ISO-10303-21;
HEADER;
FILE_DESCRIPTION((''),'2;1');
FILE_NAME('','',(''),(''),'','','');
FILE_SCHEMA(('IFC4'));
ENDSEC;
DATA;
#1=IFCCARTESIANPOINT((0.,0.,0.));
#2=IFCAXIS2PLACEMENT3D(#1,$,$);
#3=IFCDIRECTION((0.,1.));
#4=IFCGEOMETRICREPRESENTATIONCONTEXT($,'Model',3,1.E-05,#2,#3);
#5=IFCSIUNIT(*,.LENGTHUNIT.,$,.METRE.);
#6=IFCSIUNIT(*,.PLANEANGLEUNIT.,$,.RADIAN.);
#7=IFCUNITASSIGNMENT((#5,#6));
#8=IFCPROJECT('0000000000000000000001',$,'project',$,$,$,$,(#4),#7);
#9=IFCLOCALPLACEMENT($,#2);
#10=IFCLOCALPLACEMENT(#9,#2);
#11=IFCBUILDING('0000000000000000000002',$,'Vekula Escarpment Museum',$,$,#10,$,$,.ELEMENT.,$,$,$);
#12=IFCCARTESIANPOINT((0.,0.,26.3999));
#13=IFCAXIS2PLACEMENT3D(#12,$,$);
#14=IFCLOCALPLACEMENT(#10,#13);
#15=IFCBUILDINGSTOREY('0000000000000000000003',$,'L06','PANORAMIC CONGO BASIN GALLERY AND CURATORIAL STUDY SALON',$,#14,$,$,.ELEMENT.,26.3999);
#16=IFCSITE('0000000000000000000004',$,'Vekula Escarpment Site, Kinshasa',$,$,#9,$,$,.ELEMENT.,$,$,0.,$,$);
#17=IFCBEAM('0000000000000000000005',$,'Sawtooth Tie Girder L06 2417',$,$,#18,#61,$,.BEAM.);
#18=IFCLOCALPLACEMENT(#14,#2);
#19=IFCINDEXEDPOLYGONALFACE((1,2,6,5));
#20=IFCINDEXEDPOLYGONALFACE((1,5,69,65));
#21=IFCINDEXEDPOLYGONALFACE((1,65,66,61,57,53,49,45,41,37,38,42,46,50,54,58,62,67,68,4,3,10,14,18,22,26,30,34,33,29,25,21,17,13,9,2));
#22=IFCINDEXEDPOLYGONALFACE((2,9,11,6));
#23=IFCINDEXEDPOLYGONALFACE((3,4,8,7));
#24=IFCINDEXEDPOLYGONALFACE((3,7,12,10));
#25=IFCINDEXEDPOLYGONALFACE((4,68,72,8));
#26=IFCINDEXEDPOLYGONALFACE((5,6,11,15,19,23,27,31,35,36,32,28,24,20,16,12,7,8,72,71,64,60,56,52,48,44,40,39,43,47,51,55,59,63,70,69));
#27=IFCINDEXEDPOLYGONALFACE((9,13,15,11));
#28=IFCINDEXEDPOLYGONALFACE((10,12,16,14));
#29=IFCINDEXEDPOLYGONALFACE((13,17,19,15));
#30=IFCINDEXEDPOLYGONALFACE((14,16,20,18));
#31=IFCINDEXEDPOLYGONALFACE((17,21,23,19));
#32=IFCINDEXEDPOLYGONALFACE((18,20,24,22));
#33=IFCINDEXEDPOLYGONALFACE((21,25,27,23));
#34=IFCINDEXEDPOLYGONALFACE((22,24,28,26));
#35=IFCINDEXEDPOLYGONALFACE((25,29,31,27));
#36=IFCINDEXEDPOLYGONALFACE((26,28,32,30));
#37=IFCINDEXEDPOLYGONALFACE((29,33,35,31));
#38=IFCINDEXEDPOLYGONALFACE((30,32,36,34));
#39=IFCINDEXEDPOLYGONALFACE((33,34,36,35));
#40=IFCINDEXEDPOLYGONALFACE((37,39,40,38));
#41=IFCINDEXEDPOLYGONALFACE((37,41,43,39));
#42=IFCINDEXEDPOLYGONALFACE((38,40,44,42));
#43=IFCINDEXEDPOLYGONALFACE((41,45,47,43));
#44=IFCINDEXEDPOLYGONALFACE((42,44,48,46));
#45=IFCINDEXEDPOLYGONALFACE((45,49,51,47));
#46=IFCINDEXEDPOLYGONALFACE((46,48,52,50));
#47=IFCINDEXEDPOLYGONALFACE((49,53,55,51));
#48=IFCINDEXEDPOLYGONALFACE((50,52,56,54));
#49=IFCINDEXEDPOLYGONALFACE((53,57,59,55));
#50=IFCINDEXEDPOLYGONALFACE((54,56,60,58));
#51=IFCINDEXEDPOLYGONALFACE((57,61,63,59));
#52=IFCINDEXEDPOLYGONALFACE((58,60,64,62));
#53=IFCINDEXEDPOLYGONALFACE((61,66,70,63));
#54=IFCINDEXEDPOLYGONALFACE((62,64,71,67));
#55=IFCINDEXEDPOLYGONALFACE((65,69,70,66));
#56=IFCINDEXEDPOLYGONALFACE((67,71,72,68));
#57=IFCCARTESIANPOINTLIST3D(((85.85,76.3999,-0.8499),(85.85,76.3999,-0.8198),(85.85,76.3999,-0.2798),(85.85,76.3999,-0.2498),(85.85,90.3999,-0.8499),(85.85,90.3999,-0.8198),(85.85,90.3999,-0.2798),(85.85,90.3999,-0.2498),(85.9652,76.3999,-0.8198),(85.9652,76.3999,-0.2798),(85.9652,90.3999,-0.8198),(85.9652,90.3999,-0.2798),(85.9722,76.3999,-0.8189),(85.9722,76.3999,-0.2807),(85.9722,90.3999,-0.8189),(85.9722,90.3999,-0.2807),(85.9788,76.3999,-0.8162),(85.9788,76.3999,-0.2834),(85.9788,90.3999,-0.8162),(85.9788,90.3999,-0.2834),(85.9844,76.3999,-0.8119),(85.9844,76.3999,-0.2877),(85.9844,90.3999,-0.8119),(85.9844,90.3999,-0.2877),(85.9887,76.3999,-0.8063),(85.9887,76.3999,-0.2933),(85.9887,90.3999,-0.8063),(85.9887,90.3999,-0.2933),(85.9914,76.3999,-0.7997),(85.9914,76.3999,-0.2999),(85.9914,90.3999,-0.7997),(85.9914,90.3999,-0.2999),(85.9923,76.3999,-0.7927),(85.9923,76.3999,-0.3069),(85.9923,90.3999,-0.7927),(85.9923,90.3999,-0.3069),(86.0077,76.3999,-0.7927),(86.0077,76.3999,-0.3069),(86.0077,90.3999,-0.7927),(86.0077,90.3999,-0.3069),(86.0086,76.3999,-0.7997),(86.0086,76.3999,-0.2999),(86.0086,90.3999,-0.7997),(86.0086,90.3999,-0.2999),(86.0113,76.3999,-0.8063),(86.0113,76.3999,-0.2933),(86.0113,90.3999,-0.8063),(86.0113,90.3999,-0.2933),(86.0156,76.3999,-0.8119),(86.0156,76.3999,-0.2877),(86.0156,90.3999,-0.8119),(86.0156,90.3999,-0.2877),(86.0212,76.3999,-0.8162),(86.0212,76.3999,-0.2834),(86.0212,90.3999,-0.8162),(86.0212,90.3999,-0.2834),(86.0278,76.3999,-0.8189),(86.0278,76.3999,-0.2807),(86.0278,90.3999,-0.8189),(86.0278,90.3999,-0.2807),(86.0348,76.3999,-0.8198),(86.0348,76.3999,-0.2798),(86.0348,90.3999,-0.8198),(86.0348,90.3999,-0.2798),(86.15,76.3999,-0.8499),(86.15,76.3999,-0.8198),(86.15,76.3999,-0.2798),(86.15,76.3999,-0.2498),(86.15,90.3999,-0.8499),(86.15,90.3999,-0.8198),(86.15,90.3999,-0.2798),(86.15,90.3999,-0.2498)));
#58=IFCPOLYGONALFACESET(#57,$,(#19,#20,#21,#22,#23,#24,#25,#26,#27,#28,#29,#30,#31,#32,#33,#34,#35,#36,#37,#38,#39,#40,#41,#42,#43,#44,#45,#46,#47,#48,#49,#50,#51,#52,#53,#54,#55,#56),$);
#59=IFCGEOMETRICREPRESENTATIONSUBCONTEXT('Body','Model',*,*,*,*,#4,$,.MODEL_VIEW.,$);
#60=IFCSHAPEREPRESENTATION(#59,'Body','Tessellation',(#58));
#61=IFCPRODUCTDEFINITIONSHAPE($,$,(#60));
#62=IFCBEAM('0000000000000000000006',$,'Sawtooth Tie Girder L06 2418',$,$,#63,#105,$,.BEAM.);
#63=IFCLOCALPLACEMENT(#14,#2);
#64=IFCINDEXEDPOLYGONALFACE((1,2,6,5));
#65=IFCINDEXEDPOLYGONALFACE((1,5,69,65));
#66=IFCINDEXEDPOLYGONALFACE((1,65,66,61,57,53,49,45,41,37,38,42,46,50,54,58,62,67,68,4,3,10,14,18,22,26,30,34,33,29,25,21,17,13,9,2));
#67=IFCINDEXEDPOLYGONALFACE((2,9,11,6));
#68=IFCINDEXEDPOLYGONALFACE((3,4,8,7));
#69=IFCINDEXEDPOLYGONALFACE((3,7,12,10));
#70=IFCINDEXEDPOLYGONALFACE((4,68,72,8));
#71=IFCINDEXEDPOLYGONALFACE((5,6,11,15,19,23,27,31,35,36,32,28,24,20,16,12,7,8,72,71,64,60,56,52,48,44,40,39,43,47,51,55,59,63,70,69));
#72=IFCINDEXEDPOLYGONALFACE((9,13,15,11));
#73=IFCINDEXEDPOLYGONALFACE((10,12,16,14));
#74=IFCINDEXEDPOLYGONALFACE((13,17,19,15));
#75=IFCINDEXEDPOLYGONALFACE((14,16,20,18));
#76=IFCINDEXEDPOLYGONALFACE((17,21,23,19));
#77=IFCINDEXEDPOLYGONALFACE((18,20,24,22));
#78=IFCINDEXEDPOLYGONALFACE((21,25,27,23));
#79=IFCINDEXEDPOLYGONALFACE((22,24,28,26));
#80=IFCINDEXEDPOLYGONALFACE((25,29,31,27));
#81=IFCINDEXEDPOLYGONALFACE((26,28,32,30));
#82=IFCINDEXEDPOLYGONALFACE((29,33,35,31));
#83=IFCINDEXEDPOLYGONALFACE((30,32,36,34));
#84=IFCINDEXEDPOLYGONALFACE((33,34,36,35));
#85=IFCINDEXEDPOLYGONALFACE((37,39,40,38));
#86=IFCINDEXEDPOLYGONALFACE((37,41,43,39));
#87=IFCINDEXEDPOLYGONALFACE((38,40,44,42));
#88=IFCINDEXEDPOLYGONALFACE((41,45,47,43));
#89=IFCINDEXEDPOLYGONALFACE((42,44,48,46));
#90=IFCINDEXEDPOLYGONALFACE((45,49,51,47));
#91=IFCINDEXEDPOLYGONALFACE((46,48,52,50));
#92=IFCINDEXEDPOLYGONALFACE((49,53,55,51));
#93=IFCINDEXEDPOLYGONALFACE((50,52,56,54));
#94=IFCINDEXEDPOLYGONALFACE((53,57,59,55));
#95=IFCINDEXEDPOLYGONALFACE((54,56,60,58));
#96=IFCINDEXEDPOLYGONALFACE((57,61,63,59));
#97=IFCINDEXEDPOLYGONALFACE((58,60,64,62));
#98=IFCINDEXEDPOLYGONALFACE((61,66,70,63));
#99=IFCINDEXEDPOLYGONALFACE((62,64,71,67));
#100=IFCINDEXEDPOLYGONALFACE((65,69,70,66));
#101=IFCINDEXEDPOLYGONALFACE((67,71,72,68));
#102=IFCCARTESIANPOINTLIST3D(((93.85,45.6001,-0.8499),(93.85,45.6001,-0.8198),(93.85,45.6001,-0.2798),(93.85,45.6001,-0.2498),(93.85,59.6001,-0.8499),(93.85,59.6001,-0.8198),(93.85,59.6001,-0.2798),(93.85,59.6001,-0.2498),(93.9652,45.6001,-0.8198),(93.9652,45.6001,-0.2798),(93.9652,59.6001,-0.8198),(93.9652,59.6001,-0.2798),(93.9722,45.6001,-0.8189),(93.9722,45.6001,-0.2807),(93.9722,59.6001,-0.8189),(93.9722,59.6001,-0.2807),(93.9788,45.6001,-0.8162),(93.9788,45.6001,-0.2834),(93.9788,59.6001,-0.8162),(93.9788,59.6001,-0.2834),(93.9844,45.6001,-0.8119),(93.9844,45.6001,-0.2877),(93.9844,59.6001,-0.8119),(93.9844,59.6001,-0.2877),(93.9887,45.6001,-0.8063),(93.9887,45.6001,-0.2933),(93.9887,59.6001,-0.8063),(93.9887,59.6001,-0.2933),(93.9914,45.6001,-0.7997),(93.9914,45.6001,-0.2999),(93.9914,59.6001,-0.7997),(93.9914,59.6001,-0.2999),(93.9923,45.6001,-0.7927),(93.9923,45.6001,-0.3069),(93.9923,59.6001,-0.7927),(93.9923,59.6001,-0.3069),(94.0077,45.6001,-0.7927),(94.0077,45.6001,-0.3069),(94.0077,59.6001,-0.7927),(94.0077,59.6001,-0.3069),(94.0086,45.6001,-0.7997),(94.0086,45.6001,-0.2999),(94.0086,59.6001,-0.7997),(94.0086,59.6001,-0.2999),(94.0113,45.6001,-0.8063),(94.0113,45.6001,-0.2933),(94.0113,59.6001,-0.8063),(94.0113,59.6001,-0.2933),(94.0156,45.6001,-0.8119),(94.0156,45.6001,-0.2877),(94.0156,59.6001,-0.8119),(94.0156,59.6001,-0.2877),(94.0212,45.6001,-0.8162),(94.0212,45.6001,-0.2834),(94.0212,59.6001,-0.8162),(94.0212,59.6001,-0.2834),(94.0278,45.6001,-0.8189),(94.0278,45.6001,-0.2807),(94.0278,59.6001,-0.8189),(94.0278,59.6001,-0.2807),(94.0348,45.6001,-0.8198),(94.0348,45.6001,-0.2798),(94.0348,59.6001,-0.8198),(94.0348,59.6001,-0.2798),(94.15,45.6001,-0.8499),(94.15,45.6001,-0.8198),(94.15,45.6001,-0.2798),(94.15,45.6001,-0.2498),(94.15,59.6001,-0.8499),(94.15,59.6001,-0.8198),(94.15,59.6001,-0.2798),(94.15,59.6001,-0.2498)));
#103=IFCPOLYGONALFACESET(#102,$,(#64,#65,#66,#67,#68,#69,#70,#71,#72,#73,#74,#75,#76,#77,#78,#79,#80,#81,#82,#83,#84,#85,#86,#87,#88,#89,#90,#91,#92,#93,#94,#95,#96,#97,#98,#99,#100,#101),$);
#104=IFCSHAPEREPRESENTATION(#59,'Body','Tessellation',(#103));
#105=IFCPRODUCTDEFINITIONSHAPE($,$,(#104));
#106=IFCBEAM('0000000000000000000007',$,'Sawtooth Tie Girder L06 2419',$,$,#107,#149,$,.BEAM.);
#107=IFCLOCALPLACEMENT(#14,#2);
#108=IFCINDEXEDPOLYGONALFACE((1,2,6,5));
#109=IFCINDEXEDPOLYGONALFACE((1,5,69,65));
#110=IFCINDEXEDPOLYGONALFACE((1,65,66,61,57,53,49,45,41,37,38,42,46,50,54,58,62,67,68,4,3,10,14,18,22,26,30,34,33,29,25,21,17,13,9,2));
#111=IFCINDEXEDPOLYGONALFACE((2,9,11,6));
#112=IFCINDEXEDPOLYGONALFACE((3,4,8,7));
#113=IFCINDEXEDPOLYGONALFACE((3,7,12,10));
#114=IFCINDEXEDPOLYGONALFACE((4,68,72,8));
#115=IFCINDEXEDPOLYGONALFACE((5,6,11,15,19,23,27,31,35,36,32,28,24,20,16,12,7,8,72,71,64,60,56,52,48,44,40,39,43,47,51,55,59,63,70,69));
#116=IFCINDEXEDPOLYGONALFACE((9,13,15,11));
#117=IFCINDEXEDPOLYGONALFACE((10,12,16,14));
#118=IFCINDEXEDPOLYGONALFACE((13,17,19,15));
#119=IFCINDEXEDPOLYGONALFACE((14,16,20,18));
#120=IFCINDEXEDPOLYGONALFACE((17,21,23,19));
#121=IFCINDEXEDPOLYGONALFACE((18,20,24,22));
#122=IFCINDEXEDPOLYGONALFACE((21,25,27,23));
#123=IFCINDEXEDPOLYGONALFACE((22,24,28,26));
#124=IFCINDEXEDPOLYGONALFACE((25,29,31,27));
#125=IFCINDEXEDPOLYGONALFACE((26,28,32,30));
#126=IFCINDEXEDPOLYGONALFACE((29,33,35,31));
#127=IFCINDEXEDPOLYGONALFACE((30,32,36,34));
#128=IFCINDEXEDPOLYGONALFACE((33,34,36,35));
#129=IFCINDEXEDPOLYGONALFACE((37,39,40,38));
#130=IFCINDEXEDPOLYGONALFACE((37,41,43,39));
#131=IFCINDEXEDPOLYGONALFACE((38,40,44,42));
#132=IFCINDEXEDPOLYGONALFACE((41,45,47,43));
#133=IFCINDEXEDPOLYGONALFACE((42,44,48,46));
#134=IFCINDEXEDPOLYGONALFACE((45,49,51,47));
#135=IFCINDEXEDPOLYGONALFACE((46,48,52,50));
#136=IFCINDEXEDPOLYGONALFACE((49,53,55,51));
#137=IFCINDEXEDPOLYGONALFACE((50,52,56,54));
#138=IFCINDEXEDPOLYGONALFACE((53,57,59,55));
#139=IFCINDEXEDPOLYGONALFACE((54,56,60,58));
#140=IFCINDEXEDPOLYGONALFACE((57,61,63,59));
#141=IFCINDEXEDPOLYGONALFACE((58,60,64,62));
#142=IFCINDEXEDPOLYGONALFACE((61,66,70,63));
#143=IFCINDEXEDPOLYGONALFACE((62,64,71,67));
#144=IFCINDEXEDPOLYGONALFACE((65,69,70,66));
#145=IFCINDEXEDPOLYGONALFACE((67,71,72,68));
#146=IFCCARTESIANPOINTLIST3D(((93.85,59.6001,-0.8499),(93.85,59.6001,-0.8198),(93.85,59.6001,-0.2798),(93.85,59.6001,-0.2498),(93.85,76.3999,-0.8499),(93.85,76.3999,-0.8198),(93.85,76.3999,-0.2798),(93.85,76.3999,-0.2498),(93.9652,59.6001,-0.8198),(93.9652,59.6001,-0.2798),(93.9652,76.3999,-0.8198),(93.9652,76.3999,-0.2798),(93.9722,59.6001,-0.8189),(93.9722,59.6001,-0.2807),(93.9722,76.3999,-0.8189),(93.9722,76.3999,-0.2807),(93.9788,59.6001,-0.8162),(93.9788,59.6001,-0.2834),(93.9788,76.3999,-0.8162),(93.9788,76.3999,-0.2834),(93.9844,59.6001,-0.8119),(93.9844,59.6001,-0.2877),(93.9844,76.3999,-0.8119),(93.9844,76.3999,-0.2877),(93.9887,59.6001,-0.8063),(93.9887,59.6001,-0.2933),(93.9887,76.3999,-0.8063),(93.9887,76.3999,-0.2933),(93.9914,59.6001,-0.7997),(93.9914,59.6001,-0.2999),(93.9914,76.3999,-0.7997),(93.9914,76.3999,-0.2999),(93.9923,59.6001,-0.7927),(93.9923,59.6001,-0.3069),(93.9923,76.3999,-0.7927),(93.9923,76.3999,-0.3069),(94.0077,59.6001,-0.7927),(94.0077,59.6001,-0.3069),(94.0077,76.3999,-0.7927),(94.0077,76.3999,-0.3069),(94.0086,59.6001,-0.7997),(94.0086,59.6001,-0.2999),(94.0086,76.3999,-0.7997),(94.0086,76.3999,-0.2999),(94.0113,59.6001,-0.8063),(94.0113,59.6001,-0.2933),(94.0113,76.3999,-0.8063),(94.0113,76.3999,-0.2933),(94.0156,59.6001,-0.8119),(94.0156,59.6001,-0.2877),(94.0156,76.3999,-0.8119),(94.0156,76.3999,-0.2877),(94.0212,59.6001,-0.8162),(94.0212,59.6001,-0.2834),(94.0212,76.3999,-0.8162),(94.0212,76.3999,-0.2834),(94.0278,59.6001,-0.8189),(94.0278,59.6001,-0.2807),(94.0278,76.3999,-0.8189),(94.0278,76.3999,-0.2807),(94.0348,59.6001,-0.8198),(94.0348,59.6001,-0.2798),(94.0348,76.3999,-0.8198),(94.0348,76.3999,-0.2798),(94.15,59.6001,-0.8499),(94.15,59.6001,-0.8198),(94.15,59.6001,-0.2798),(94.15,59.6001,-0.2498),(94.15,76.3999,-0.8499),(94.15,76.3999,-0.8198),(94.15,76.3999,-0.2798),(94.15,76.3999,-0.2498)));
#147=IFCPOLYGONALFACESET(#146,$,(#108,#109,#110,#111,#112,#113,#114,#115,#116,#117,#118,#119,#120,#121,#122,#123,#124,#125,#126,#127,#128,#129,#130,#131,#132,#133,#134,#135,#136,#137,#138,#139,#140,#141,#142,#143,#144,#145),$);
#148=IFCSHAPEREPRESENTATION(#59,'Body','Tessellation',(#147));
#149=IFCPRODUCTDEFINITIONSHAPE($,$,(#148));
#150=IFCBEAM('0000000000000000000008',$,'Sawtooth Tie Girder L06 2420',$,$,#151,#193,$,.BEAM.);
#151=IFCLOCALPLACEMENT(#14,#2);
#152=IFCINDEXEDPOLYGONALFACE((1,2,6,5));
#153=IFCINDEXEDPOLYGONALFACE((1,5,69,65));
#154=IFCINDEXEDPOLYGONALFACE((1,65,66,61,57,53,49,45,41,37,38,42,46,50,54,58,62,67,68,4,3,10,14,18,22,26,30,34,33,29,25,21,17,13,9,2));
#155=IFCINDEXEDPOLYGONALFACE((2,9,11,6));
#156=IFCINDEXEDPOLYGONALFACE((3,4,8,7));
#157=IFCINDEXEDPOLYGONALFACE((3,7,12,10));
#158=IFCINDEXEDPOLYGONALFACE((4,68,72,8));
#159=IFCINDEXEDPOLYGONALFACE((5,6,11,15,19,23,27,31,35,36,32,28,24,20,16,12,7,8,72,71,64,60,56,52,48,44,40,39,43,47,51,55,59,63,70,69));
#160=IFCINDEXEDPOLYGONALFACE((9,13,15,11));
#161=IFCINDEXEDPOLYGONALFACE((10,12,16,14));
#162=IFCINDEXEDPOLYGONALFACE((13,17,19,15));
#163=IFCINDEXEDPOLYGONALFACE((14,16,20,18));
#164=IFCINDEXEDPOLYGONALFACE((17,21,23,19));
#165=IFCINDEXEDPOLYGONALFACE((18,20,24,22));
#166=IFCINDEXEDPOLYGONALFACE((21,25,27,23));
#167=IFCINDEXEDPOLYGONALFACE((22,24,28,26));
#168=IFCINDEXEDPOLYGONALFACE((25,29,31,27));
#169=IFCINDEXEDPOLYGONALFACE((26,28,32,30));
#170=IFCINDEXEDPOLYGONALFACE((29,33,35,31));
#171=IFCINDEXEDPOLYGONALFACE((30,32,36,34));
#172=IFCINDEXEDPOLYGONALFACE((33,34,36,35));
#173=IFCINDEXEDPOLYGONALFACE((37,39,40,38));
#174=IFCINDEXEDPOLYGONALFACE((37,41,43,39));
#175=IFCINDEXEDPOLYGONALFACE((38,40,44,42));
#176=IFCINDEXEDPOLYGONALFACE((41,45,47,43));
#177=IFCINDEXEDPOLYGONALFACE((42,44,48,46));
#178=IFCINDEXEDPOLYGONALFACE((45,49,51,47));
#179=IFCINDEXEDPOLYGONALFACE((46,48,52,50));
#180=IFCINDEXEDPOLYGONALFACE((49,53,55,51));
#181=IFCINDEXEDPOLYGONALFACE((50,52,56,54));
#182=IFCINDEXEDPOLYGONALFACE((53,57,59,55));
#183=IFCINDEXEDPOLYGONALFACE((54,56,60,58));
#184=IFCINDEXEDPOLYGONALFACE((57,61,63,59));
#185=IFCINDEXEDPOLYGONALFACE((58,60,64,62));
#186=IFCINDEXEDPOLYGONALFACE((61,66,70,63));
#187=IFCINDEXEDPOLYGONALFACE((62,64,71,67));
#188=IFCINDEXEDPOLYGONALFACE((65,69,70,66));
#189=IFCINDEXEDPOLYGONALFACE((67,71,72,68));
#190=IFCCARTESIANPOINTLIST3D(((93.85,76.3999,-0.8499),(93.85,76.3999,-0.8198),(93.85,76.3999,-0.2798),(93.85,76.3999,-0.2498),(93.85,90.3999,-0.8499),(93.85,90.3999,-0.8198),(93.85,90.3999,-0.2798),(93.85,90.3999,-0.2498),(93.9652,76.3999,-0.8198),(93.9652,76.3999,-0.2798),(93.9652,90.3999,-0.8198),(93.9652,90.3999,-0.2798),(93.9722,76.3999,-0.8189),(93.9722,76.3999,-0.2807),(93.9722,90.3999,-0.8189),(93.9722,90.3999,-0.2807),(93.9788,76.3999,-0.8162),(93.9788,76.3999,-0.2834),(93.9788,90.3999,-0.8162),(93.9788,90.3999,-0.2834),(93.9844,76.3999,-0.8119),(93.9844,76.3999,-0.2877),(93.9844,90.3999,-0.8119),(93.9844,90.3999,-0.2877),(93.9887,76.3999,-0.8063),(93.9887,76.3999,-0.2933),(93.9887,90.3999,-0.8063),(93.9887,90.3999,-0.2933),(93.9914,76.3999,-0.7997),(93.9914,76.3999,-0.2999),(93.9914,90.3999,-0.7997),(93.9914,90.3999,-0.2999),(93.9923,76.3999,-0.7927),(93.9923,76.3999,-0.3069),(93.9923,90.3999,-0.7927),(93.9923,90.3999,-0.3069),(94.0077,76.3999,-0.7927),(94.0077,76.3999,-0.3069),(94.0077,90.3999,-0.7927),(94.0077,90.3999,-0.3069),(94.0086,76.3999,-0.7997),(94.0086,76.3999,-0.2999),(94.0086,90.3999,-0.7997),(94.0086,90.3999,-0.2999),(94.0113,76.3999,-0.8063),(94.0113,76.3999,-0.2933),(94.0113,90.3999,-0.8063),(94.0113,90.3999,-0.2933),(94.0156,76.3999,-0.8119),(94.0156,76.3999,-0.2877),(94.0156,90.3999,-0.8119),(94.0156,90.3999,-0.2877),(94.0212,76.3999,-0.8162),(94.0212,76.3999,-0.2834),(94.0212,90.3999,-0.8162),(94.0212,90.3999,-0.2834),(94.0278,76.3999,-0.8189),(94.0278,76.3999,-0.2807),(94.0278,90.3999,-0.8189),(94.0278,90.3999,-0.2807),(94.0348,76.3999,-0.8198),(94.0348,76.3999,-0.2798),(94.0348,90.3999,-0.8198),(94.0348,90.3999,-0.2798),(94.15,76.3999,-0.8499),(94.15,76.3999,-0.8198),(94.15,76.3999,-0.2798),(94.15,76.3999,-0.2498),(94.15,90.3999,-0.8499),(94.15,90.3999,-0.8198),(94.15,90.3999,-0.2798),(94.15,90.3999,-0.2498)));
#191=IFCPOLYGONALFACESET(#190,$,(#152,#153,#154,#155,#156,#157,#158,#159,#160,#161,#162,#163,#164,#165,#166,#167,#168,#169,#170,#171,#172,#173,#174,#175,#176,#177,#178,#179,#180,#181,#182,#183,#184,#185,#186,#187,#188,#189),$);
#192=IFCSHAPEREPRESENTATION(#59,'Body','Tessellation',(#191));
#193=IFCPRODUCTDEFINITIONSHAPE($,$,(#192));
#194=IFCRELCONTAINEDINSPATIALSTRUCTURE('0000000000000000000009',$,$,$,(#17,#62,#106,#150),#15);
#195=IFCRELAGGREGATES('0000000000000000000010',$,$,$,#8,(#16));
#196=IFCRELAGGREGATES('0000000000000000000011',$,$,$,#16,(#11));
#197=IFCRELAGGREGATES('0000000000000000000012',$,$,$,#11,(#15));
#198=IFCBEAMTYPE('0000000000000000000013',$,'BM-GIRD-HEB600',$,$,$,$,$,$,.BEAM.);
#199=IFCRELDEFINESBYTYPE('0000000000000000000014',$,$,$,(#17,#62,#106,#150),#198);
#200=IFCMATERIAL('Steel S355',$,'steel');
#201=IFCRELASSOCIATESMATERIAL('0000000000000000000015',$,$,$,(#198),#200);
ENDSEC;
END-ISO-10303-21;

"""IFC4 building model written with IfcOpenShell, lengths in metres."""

from ifc_helpers import new_model, si_unit, direction, frame, origin, origin_2d, place, context, subcontext, project, spatial, i_section, extrude, material, material_profile, profile_set, type_object, element, save


model = new_model("IFC4")

# Units and contexts
model_context = context("Model", 3, precision=1e-05, world=origin(), true_north=direction((0.0, 1.0)))
body_context = subcontext(model_context, "Body", "Model", "MODEL_VIEW")
ifc_project = project(units=[si_unit("LENGTHUNIT", "METRE"), si_unit("PLANEANGLEUNIT", "RADIAN")], contexts=[model_context])

# Site, building, storey
site_placement = place(None, origin())
site = spatial("IfcSite", under=ifc_project, at=site_placement, Name="Vekula Escarpment Site, Kinshasa", CompositionType="ELEMENT", RefElevation=0.0)
building_placement = place(site_placement, origin())
building = spatial("IfcBuilding", under=site, at=building_placement, Name="Vekula Escarpment Museum", CompositionType="ELEMENT")
storey_placement = place(building_placement, frame((0.0, 0.0, 26.3999)))
storey = spatial("IfcBuildingStorey", under=building, at=storey_placement, Name="L06", Description="PANORAMIC CONGO BASIN GALLERY AND CURATORIAL STUDY SALON", CompositionType="ELEMENT", Elevation=26.3999)

# Beams
ifc_material_1 = material(Name="Steel S355", Category="steel")
ifc_material_profile_1 = material_profile(ifc_material_1, i_section(OverallWidth=0.3, OverallDepth=0.6001, WebThickness=0.0154, FlangeThickness=0.03, FilletRadius=0.0271, at=origin_2d()), Name="HEB 600")
ifc_profile_set_1 = profile_set([ifc_material_profile_1], Name="Steel S355")
beam_type = type_object("IfcBeamType", Name="BM-GIRD-HEB600", PredefinedType="BEAM", material=ifc_profile_set_1)
for number, where, z_axis, x_axis, name in (
    (1, (86.0, 76.3999, -0.5498), (0.0, 1.0, 0.0), (-1.0, 0.0, 0.0), "Sawtooth Tie Girder L06 2417"),
    (2, (94.0, 45.6001, -0.5498), (0.0, 1.0, 0.0), (-1.0, 0.0, 0.0), "Sawtooth Tie Girder L06 2418"),
):
    element("IfcBeam", number, at=place(storey_placement, frame(where, z_axis=z_axis, x_axis=x_axis)), inside=storey, type_object=beam_type, Name=name, PredefinedType="BEAM", context=body_context, shape_type="SweptSolid", body=[
        extrude(i_section(OverallWidth=0.3, OverallDepth=0.6001, WebThickness=0.0154, FlangeThickness=0.03, FilletRadius=0.0271, at=origin_2d()), origin(), (0.0, 0.0, 1.0), 14.0),
    ])
beam_1_placement = place(storey_placement, frame((94.0, 59.6001, -0.5498), z_axis=(0.0, 1.0, 0.0), x_axis=(-1.0, 0.0, 0.0)))
element("IfcBeam", 3, at=beam_1_placement, inside=storey, type_object=beam_type, Name="Sawtooth Tie Girder L06 2419", PredefinedType="BEAM", context=body_context, shape_type="SweptSolid", body=[
    extrude(i_section(OverallWidth=0.3, OverallDepth=0.6001, WebThickness=0.0154, FlangeThickness=0.03, FilletRadius=0.0271, at=origin_2d()), origin(), (0.0, 0.0, 1.0), 16.7998),
])
beam_2_placement = place(storey_placement, frame((94.0, 76.3999, -0.5498), z_axis=(0.0, 1.0, 0.0), x_axis=(-1.0, 0.0, 0.0)))
element("IfcBeam", 4, at=beam_2_placement, inside=storey, type_object=beam_type, Name="Sawtooth Tie Girder L06 2420", PredefinedType="BEAM", context=body_context, shape_type="SweptSolid", body=[
    extrude(i_section(OverallWidth=0.3, OverallDepth=0.6001, WebThickness=0.0154, FlangeThickness=0.03, FilletRadius=0.0271, at=origin_2d()), origin(), (0.0, 0.0, 1.0), 14.0),
])

save(model, "model.ifc")
